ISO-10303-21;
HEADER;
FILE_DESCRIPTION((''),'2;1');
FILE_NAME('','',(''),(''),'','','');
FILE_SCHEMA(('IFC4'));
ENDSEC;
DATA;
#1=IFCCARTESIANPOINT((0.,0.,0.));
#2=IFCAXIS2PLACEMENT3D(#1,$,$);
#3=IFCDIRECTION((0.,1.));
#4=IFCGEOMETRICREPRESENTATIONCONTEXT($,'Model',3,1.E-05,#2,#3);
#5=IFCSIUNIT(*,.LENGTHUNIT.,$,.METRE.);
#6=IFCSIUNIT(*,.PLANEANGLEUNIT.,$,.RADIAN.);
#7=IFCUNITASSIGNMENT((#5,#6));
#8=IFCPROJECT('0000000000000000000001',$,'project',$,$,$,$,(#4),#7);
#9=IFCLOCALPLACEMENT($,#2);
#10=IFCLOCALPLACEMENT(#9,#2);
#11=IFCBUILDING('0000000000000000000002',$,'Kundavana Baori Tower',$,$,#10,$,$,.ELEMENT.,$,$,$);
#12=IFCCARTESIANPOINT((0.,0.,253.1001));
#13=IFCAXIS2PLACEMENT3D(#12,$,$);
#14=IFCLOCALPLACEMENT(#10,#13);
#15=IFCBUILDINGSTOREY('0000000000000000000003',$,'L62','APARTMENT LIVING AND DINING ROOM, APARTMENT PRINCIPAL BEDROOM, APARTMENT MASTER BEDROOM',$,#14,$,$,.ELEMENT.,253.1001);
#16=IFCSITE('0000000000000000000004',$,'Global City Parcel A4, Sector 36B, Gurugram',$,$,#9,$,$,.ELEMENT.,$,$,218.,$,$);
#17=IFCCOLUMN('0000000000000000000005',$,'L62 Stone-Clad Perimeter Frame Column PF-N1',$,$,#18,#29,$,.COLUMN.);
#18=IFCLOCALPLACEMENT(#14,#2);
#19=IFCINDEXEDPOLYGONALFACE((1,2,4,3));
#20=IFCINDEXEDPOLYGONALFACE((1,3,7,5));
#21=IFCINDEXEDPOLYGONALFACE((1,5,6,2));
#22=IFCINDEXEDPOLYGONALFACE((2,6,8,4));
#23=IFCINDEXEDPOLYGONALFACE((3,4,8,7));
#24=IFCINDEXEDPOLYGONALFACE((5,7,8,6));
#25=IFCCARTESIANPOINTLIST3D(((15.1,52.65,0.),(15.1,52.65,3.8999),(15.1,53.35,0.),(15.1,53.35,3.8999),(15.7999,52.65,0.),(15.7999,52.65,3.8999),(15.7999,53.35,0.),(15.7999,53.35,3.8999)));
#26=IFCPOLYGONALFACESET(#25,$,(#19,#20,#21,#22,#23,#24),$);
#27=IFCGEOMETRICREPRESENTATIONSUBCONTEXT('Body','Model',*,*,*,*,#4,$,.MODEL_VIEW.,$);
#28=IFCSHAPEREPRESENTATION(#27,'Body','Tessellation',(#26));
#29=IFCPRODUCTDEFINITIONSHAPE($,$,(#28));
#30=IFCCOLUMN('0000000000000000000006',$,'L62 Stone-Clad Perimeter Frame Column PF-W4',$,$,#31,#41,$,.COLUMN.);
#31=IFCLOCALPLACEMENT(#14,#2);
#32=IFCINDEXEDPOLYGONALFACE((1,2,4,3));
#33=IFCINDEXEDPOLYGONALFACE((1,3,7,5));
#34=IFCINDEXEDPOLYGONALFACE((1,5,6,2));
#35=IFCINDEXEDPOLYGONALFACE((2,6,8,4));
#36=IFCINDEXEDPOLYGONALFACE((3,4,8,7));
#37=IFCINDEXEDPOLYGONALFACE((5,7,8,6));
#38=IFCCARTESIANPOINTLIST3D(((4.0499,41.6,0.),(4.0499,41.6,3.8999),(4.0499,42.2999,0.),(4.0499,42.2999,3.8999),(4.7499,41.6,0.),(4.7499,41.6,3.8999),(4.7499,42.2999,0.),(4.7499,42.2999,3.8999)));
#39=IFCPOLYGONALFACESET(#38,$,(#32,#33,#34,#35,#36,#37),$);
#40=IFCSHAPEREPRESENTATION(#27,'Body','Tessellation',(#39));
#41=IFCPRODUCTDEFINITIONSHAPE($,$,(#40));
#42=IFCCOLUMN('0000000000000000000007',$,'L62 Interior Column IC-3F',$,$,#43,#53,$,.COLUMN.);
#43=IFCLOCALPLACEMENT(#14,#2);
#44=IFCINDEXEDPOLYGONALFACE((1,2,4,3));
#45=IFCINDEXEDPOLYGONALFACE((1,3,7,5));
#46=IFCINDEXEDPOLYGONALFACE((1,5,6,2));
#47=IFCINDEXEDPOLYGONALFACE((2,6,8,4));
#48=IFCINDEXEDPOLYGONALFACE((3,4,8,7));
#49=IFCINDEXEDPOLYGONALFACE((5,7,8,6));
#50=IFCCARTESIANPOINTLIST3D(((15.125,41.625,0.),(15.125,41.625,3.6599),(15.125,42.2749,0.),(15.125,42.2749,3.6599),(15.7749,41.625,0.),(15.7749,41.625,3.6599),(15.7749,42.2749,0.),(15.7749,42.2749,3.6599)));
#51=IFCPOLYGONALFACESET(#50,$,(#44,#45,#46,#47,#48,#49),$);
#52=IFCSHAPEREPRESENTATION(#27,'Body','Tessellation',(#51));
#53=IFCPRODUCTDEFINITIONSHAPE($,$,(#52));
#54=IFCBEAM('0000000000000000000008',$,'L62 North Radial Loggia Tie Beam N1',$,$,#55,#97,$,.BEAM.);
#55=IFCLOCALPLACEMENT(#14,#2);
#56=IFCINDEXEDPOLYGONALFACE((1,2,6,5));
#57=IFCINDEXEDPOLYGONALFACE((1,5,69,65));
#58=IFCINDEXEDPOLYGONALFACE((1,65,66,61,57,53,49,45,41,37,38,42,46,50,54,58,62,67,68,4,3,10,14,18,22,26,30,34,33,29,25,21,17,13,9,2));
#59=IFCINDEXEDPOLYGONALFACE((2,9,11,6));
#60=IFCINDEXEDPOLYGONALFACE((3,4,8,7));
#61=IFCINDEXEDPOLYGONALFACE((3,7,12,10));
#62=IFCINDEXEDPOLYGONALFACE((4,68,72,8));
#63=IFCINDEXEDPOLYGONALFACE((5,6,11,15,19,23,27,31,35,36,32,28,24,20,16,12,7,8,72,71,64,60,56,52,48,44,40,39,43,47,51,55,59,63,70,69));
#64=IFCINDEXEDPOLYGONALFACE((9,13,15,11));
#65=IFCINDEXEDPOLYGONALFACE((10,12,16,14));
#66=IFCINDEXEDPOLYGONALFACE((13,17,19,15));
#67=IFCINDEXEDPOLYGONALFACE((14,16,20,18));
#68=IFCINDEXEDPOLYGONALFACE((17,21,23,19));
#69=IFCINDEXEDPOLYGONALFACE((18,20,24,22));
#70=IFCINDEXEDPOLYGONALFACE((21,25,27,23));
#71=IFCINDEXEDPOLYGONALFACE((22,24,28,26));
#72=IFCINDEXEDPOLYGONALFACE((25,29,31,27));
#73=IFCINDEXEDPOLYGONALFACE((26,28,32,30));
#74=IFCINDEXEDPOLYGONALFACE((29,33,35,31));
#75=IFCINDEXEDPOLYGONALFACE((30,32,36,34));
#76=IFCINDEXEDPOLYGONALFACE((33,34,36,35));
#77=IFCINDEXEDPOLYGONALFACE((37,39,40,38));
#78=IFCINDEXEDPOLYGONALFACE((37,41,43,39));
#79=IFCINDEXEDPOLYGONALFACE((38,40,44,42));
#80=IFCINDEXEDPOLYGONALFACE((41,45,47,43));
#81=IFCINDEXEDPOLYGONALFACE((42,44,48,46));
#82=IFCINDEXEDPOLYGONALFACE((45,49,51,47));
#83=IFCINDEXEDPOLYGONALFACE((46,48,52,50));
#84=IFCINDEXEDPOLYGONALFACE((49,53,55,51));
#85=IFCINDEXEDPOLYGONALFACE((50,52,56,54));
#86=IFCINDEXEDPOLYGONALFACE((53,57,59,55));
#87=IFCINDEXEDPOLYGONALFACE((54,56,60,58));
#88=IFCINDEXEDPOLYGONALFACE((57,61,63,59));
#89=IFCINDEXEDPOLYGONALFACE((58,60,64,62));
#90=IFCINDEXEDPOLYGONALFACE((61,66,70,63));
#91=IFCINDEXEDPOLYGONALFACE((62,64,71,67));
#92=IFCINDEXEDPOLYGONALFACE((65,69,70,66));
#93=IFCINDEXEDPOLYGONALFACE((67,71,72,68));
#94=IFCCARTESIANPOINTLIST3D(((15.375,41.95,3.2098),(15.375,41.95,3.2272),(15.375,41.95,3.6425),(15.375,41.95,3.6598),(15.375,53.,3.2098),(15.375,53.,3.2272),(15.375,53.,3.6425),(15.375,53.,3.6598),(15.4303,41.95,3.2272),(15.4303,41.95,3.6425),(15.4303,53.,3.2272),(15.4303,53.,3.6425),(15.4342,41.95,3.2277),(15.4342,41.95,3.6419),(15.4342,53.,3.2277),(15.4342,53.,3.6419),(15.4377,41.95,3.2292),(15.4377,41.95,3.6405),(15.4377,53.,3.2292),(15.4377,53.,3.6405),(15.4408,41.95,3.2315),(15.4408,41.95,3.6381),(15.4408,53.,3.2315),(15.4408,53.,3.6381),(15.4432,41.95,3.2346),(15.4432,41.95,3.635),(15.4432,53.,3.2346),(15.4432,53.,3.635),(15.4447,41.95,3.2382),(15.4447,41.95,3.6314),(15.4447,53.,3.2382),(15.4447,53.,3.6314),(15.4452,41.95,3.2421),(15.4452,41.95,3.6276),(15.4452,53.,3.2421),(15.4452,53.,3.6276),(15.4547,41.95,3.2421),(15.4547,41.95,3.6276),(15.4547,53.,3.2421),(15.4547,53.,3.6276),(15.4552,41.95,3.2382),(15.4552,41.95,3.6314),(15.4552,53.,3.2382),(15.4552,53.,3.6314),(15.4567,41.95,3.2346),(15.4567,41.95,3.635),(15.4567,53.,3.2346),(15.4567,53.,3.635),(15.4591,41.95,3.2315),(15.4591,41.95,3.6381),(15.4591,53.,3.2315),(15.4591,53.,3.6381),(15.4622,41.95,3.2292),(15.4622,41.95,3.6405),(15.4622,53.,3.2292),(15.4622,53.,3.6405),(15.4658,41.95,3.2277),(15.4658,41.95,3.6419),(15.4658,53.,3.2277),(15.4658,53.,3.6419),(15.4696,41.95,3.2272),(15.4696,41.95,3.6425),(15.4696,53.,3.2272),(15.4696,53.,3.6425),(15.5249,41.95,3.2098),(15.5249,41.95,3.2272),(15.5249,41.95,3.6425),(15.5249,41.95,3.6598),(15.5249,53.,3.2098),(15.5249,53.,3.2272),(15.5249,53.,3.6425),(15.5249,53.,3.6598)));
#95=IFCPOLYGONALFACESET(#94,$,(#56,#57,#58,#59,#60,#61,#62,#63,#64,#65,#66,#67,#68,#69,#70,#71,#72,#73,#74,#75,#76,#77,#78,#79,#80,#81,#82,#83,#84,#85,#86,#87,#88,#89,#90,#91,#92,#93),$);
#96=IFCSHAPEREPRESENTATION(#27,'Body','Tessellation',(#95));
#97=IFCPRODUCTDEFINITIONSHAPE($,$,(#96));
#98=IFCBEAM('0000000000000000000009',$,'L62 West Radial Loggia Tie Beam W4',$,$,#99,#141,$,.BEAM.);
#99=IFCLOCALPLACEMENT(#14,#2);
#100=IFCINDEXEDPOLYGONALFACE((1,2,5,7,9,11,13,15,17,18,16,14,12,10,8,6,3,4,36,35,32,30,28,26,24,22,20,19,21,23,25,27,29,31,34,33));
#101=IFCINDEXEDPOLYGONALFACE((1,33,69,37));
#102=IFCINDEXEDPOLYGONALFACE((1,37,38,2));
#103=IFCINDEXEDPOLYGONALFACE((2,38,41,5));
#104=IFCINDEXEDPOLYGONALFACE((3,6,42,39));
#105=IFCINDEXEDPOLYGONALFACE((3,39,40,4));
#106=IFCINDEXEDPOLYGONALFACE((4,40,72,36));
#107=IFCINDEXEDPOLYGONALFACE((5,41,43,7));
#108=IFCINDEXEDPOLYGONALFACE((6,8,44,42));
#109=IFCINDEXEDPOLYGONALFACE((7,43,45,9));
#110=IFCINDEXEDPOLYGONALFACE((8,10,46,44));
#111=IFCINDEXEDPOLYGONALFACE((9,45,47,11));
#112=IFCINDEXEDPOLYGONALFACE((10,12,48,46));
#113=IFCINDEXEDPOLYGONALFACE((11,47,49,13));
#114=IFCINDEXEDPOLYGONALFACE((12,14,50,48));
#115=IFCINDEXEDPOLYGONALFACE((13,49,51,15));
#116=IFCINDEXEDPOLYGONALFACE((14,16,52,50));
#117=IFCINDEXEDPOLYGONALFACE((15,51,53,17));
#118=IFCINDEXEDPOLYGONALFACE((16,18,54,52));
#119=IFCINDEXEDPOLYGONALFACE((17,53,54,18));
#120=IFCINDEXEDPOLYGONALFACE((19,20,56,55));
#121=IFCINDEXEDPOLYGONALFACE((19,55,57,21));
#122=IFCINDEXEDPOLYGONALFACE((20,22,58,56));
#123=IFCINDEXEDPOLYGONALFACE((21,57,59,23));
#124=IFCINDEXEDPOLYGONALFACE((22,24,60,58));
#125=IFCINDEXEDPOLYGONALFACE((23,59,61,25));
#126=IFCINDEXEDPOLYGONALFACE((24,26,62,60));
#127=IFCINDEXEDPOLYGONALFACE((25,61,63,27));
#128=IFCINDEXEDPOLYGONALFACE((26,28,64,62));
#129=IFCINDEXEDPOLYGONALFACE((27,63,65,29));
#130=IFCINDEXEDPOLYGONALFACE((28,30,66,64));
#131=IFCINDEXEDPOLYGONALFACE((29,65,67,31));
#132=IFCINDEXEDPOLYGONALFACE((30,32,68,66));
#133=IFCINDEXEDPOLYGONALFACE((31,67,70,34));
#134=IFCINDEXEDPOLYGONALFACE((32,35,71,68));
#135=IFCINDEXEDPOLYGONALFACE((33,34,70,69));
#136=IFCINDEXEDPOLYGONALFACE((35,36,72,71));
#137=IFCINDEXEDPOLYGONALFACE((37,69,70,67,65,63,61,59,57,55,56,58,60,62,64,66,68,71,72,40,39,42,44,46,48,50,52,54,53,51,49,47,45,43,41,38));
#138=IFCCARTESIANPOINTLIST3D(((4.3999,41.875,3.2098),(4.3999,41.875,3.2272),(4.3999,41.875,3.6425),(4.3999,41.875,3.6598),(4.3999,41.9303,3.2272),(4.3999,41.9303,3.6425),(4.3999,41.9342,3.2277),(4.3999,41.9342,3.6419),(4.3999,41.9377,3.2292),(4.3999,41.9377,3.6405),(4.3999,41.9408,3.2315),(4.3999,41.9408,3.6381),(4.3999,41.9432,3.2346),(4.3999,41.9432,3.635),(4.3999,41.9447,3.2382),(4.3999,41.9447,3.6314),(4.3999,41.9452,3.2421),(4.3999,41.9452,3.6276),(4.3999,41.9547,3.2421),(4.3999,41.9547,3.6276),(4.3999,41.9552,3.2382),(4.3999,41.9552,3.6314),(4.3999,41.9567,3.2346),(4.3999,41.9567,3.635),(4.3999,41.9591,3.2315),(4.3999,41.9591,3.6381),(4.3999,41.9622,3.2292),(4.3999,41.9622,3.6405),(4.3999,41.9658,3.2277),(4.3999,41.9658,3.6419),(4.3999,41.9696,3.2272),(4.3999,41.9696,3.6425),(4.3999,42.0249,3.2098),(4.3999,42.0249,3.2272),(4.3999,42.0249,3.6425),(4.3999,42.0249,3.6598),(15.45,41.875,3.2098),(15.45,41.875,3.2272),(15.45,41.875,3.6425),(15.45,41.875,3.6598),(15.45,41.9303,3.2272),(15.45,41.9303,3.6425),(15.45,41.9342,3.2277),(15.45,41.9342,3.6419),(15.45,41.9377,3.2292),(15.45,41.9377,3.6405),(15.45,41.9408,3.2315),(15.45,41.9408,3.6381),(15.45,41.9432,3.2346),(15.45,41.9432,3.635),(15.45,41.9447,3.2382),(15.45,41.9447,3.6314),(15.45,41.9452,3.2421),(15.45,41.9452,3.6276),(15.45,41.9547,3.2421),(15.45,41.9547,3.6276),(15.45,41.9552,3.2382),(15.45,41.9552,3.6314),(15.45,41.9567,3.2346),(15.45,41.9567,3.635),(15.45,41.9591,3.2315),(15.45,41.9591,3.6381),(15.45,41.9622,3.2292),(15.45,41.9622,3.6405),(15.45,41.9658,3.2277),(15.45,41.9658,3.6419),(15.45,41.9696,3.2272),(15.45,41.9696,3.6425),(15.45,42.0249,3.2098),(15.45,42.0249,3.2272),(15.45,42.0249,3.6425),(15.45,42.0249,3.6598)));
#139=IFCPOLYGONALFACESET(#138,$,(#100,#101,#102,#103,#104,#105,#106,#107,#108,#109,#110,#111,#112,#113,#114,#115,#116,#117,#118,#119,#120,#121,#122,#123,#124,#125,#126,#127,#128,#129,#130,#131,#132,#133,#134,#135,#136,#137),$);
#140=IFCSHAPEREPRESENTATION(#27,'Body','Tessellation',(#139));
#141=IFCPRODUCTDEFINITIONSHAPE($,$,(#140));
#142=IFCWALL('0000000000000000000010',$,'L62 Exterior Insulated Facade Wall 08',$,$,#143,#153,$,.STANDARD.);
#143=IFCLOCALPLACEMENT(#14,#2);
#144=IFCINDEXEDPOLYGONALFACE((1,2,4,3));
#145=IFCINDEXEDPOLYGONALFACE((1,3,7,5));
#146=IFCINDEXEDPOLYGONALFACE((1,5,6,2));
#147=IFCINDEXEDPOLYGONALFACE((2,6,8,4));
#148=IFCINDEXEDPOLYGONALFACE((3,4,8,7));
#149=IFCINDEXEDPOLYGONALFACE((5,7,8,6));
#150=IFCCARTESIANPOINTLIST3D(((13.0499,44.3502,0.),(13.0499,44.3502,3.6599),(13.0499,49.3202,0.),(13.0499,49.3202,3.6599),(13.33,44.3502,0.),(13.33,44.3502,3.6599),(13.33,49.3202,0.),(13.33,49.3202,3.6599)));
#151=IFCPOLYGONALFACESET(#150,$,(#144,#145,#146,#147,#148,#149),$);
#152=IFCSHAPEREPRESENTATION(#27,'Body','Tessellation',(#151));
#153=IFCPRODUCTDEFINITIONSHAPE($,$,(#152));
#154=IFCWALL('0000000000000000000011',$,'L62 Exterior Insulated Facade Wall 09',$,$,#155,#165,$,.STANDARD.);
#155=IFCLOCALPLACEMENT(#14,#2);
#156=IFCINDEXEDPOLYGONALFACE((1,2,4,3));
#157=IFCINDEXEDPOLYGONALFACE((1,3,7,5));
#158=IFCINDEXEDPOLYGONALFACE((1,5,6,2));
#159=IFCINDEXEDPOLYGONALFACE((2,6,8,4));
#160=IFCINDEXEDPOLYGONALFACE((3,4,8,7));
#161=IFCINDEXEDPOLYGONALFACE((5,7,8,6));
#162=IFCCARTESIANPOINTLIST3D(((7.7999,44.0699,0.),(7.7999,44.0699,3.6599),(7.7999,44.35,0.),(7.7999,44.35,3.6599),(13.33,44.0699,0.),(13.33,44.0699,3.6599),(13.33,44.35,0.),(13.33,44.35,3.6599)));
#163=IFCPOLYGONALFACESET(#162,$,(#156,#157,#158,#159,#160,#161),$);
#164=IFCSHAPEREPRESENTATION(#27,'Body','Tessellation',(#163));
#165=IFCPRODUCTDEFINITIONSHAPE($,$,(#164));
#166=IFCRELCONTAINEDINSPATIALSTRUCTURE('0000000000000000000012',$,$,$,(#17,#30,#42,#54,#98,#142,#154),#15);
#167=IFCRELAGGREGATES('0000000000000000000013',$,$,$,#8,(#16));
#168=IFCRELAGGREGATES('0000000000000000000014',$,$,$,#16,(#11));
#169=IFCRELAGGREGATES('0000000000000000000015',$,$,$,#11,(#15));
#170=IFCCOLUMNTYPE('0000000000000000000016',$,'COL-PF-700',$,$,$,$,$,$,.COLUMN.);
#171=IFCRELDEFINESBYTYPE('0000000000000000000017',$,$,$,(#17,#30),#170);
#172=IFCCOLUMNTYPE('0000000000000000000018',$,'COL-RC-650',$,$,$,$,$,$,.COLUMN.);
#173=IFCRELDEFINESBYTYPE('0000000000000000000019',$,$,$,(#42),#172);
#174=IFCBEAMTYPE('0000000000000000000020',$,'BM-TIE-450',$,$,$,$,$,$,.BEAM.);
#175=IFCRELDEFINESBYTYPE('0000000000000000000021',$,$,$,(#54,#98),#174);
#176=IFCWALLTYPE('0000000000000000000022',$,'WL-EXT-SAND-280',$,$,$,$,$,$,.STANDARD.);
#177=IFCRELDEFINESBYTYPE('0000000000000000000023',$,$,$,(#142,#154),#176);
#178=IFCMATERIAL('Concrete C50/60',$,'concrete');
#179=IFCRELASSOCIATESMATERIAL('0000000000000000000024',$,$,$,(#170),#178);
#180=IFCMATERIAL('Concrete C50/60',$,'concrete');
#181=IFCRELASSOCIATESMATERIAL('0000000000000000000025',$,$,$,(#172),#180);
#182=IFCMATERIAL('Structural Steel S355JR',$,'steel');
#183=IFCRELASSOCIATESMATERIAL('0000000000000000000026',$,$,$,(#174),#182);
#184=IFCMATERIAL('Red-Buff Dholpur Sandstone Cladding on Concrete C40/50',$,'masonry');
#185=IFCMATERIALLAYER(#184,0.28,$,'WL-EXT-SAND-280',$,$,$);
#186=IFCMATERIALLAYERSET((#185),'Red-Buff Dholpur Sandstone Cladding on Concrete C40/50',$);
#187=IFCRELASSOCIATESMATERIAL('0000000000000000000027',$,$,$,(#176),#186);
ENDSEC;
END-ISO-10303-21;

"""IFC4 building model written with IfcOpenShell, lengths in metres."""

from ifc_helpers import new_model, si_unit, direction, frame, frame_2d, origin, origin_2d, place, context, subcontext, project, spatial, rectangle, i_section, extrude, material, layer, layer_set, material_profile, profile_set, type_object, element, save


model = new_model("IFC4")

# Units and contexts
model_context = context("Model", 3, precision=1e-05, world=origin(), true_north=direction((0.0, 1.0)))
body_context = subcontext(model_context, "Body", "Model", "MODEL_VIEW")
ifc_project = project(units=[si_unit("LENGTHUNIT", "METRE"), si_unit("PLANEANGLEUNIT", "RADIAN")], contexts=[model_context])

# Site, building, storey
site_placement = place(None, origin())
site = spatial("IfcSite", under=ifc_project, at=site_placement, Name="Global City Parcel A4, Sector 36B, Gurugram", CompositionType="ELEMENT", RefElevation=218.0)
building_placement = place(site_placement, origin())
building = spatial("IfcBuilding", under=site, at=building_placement, Name="Kundavana Baori Tower", CompositionType="ELEMENT")
storey_placement = place(building_placement, frame((0.0, 0.0, 253.1001)))
storey = spatial("IfcBuildingStorey", under=building, at=storey_placement, Name="L62", Description="APARTMENT LIVING AND DINING ROOM, APARTMENT PRINCIPAL BEDROOM, APARTMENT MASTER BEDROOM", CompositionType="ELEMENT", Elevation=253.1001)

# Columns
ifc_material_1 = material(Name="Concrete C50/60", Category="concrete")
ifc_material_profile_1 = material_profile(ifc_material_1, rectangle(XDim=0.7, YDim=0.7, at=origin_2d()), Name="RC PF 700x700")
ifc_profile_set_1 = profile_set([ifc_material_profile_1], Name="Concrete C50/60")
column_type_1 = type_object("IfcColumnType", Name="COL-PF-700", PredefinedType="COLUMN", material=ifc_profile_set_1)
for number, where, z_axis, x_axis, name in (
    (1, (15.45, 53.0, 0.0), (0.0, 0.0, 1.0), (1.0, 0.0, 0.0), "L62 Stone-Clad Perimeter Frame Column PF-N1"),
    (2, (4.3999, 41.95, 0.0), (0.0, 0.0, 1.0), (1.0, 0.0, 0.0), "L62 Stone-Clad Perimeter Frame Column PF-W4"),
):
    element("IfcColumn", number, at=place(storey_placement, frame(where, z_axis=z_axis, x_axis=x_axis)), inside=storey, type_object=column_type_1, Name=name, PredefinedType="COLUMN", context=body_context, shape_type="SweptSolid", body=[
        extrude(rectangle(XDim=0.7, YDim=0.7, at=origin_2d()), origin(), (0.0, 0.0, 1.0), 3.8999),
    ])
ifc_material_2 = material(Name="Concrete C50/60", Category="concrete")
ifc_material_profile_2 = material_profile(ifc_material_2, rectangle(XDim=0.6499, YDim=0.6499, at=origin_2d()), Name="RC 650x650")
ifc_profile_set_2 = profile_set([ifc_material_profile_2], Name="Concrete C50/60")
column_type_2 = type_object("IfcColumnType", Name="COL-RC-650", PredefinedType="COLUMN", material=ifc_profile_set_2)
column_placement = place(storey_placement, frame((15.45, 41.95, 0.0), z_axis=(0.0, 0.0, 1.0), x_axis=(1.0, 0.0, 0.0)))
element("IfcColumn", 3, at=column_placement, inside=storey, type_object=column_type_2, Name="L62 Interior Column IC-3F", PredefinedType="COLUMN", context=body_context, shape_type="SweptSolid", body=[
    extrude(rectangle(XDim=0.6499, YDim=0.6499, at=origin_2d()), origin(), (0.0, 0.0, 1.0), 3.6599),
])

# Beams
ifc_material_3 = material(Name="Structural Steel S355JR", Category="steel")
ifc_material_profile_3 = material_profile(ifc_material_3, i_section(OverallWidth=0.1499, OverallDepth=0.45, WebThickness=0.0095, FlangeThickness=0.0173, FilletRadius=0.0149, at=origin_2d()), Name="ISMB 450")
ifc_profile_set_3 = profile_set([ifc_material_profile_3], Name="Structural Steel S355JR")
beam_type = type_object("IfcBeamType", Name="BM-TIE-450", PredefinedType="BEAM", material=ifc_profile_set_3)
for number, where, z_axis, x_axis, name in (
    (4, (15.45, 41.95, 3.4348), (0.0, 1.0, 0.0), (-1.0, 0.0, 0.0), "L62 North Radial Loggia Tie Beam N1"),
    (5, (15.45, 41.95, 3.4348), (-1.0, 0.0, 0.0), (0.0, -1.0, 0.0), "L62 West Radial Loggia Tie Beam W4"),
):
    element("IfcBeam", number, at=place(storey_placement, frame(where, z_axis=z_axis, x_axis=x_axis)), inside=storey, type_object=beam_type, Name=name, PredefinedType="BEAM", context=body_context, shape_type="SweptSolid", body=[
        extrude(i_section(OverallWidth=0.1499, OverallDepth=0.45, WebThickness=0.0095, FlangeThickness=0.0173, FilletRadius=0.0149, at=origin_2d()), origin(), (0.0, 0.0, 1.0), 11.05),
    ])

# Walls
ifc_material_4 = material(Name="Red-Buff Dholpur Sandstone Cladding on Concrete C40/50", Category="masonry")
ifc_layer_1 = layer(ifc_material_4, 0.28, Name="WL-EXT-SAND-280")
ifc_layer_set_1 = layer_set([ifc_layer_1], Name="Red-Buff Dholpur Sandstone Cladding on Concrete C40/50")
wall_type_1 = type_object("IfcWallType", Name="WL-EXT-SAND-280", PredefinedType="STANDARD", material=ifc_layer_set_1)
wall_1_placement = place(storey_placement, frame((13.1899, 49.3201, 0.0), z_axis=(0.0, 0.0, 1.0), x_axis=(0.0, -1.0, 0.0)))
element("IfcWall", 6, at=wall_1_placement, inside=storey, type_object=wall_type_1, Name="L62 Exterior Insulated Facade Wall 08", PredefinedType="STANDARD", context=body_context, shape_type="SweptSolid", body=[
    extrude(rectangle(XDim=4.97, YDim=0.28, at=frame_2d((2.4849, 0.0))), origin(), (0.0, 0.0, 1.0), 3.6599),
])
wall_2_placement = place(storey_placement, frame((13.3301, 44.21, 0.0), z_axis=(0.0, 0.0, 1.0), x_axis=(-1.0, 0.0, 0.0)))
element("IfcWall", 7, at=wall_2_placement, inside=storey, type_object=wall_type_1, Name="L62 Exterior Insulated Facade Wall 09", PredefinedType="STANDARD", context=body_context, shape_type="SweptSolid", body=[
    extrude(rectangle(XDim=5.53, YDim=0.28, at=frame_2d((2.7651, 0.0))), origin(), (0.0, 0.0, 1.0), 3.6599),
])

save(model, "model.ifc")
